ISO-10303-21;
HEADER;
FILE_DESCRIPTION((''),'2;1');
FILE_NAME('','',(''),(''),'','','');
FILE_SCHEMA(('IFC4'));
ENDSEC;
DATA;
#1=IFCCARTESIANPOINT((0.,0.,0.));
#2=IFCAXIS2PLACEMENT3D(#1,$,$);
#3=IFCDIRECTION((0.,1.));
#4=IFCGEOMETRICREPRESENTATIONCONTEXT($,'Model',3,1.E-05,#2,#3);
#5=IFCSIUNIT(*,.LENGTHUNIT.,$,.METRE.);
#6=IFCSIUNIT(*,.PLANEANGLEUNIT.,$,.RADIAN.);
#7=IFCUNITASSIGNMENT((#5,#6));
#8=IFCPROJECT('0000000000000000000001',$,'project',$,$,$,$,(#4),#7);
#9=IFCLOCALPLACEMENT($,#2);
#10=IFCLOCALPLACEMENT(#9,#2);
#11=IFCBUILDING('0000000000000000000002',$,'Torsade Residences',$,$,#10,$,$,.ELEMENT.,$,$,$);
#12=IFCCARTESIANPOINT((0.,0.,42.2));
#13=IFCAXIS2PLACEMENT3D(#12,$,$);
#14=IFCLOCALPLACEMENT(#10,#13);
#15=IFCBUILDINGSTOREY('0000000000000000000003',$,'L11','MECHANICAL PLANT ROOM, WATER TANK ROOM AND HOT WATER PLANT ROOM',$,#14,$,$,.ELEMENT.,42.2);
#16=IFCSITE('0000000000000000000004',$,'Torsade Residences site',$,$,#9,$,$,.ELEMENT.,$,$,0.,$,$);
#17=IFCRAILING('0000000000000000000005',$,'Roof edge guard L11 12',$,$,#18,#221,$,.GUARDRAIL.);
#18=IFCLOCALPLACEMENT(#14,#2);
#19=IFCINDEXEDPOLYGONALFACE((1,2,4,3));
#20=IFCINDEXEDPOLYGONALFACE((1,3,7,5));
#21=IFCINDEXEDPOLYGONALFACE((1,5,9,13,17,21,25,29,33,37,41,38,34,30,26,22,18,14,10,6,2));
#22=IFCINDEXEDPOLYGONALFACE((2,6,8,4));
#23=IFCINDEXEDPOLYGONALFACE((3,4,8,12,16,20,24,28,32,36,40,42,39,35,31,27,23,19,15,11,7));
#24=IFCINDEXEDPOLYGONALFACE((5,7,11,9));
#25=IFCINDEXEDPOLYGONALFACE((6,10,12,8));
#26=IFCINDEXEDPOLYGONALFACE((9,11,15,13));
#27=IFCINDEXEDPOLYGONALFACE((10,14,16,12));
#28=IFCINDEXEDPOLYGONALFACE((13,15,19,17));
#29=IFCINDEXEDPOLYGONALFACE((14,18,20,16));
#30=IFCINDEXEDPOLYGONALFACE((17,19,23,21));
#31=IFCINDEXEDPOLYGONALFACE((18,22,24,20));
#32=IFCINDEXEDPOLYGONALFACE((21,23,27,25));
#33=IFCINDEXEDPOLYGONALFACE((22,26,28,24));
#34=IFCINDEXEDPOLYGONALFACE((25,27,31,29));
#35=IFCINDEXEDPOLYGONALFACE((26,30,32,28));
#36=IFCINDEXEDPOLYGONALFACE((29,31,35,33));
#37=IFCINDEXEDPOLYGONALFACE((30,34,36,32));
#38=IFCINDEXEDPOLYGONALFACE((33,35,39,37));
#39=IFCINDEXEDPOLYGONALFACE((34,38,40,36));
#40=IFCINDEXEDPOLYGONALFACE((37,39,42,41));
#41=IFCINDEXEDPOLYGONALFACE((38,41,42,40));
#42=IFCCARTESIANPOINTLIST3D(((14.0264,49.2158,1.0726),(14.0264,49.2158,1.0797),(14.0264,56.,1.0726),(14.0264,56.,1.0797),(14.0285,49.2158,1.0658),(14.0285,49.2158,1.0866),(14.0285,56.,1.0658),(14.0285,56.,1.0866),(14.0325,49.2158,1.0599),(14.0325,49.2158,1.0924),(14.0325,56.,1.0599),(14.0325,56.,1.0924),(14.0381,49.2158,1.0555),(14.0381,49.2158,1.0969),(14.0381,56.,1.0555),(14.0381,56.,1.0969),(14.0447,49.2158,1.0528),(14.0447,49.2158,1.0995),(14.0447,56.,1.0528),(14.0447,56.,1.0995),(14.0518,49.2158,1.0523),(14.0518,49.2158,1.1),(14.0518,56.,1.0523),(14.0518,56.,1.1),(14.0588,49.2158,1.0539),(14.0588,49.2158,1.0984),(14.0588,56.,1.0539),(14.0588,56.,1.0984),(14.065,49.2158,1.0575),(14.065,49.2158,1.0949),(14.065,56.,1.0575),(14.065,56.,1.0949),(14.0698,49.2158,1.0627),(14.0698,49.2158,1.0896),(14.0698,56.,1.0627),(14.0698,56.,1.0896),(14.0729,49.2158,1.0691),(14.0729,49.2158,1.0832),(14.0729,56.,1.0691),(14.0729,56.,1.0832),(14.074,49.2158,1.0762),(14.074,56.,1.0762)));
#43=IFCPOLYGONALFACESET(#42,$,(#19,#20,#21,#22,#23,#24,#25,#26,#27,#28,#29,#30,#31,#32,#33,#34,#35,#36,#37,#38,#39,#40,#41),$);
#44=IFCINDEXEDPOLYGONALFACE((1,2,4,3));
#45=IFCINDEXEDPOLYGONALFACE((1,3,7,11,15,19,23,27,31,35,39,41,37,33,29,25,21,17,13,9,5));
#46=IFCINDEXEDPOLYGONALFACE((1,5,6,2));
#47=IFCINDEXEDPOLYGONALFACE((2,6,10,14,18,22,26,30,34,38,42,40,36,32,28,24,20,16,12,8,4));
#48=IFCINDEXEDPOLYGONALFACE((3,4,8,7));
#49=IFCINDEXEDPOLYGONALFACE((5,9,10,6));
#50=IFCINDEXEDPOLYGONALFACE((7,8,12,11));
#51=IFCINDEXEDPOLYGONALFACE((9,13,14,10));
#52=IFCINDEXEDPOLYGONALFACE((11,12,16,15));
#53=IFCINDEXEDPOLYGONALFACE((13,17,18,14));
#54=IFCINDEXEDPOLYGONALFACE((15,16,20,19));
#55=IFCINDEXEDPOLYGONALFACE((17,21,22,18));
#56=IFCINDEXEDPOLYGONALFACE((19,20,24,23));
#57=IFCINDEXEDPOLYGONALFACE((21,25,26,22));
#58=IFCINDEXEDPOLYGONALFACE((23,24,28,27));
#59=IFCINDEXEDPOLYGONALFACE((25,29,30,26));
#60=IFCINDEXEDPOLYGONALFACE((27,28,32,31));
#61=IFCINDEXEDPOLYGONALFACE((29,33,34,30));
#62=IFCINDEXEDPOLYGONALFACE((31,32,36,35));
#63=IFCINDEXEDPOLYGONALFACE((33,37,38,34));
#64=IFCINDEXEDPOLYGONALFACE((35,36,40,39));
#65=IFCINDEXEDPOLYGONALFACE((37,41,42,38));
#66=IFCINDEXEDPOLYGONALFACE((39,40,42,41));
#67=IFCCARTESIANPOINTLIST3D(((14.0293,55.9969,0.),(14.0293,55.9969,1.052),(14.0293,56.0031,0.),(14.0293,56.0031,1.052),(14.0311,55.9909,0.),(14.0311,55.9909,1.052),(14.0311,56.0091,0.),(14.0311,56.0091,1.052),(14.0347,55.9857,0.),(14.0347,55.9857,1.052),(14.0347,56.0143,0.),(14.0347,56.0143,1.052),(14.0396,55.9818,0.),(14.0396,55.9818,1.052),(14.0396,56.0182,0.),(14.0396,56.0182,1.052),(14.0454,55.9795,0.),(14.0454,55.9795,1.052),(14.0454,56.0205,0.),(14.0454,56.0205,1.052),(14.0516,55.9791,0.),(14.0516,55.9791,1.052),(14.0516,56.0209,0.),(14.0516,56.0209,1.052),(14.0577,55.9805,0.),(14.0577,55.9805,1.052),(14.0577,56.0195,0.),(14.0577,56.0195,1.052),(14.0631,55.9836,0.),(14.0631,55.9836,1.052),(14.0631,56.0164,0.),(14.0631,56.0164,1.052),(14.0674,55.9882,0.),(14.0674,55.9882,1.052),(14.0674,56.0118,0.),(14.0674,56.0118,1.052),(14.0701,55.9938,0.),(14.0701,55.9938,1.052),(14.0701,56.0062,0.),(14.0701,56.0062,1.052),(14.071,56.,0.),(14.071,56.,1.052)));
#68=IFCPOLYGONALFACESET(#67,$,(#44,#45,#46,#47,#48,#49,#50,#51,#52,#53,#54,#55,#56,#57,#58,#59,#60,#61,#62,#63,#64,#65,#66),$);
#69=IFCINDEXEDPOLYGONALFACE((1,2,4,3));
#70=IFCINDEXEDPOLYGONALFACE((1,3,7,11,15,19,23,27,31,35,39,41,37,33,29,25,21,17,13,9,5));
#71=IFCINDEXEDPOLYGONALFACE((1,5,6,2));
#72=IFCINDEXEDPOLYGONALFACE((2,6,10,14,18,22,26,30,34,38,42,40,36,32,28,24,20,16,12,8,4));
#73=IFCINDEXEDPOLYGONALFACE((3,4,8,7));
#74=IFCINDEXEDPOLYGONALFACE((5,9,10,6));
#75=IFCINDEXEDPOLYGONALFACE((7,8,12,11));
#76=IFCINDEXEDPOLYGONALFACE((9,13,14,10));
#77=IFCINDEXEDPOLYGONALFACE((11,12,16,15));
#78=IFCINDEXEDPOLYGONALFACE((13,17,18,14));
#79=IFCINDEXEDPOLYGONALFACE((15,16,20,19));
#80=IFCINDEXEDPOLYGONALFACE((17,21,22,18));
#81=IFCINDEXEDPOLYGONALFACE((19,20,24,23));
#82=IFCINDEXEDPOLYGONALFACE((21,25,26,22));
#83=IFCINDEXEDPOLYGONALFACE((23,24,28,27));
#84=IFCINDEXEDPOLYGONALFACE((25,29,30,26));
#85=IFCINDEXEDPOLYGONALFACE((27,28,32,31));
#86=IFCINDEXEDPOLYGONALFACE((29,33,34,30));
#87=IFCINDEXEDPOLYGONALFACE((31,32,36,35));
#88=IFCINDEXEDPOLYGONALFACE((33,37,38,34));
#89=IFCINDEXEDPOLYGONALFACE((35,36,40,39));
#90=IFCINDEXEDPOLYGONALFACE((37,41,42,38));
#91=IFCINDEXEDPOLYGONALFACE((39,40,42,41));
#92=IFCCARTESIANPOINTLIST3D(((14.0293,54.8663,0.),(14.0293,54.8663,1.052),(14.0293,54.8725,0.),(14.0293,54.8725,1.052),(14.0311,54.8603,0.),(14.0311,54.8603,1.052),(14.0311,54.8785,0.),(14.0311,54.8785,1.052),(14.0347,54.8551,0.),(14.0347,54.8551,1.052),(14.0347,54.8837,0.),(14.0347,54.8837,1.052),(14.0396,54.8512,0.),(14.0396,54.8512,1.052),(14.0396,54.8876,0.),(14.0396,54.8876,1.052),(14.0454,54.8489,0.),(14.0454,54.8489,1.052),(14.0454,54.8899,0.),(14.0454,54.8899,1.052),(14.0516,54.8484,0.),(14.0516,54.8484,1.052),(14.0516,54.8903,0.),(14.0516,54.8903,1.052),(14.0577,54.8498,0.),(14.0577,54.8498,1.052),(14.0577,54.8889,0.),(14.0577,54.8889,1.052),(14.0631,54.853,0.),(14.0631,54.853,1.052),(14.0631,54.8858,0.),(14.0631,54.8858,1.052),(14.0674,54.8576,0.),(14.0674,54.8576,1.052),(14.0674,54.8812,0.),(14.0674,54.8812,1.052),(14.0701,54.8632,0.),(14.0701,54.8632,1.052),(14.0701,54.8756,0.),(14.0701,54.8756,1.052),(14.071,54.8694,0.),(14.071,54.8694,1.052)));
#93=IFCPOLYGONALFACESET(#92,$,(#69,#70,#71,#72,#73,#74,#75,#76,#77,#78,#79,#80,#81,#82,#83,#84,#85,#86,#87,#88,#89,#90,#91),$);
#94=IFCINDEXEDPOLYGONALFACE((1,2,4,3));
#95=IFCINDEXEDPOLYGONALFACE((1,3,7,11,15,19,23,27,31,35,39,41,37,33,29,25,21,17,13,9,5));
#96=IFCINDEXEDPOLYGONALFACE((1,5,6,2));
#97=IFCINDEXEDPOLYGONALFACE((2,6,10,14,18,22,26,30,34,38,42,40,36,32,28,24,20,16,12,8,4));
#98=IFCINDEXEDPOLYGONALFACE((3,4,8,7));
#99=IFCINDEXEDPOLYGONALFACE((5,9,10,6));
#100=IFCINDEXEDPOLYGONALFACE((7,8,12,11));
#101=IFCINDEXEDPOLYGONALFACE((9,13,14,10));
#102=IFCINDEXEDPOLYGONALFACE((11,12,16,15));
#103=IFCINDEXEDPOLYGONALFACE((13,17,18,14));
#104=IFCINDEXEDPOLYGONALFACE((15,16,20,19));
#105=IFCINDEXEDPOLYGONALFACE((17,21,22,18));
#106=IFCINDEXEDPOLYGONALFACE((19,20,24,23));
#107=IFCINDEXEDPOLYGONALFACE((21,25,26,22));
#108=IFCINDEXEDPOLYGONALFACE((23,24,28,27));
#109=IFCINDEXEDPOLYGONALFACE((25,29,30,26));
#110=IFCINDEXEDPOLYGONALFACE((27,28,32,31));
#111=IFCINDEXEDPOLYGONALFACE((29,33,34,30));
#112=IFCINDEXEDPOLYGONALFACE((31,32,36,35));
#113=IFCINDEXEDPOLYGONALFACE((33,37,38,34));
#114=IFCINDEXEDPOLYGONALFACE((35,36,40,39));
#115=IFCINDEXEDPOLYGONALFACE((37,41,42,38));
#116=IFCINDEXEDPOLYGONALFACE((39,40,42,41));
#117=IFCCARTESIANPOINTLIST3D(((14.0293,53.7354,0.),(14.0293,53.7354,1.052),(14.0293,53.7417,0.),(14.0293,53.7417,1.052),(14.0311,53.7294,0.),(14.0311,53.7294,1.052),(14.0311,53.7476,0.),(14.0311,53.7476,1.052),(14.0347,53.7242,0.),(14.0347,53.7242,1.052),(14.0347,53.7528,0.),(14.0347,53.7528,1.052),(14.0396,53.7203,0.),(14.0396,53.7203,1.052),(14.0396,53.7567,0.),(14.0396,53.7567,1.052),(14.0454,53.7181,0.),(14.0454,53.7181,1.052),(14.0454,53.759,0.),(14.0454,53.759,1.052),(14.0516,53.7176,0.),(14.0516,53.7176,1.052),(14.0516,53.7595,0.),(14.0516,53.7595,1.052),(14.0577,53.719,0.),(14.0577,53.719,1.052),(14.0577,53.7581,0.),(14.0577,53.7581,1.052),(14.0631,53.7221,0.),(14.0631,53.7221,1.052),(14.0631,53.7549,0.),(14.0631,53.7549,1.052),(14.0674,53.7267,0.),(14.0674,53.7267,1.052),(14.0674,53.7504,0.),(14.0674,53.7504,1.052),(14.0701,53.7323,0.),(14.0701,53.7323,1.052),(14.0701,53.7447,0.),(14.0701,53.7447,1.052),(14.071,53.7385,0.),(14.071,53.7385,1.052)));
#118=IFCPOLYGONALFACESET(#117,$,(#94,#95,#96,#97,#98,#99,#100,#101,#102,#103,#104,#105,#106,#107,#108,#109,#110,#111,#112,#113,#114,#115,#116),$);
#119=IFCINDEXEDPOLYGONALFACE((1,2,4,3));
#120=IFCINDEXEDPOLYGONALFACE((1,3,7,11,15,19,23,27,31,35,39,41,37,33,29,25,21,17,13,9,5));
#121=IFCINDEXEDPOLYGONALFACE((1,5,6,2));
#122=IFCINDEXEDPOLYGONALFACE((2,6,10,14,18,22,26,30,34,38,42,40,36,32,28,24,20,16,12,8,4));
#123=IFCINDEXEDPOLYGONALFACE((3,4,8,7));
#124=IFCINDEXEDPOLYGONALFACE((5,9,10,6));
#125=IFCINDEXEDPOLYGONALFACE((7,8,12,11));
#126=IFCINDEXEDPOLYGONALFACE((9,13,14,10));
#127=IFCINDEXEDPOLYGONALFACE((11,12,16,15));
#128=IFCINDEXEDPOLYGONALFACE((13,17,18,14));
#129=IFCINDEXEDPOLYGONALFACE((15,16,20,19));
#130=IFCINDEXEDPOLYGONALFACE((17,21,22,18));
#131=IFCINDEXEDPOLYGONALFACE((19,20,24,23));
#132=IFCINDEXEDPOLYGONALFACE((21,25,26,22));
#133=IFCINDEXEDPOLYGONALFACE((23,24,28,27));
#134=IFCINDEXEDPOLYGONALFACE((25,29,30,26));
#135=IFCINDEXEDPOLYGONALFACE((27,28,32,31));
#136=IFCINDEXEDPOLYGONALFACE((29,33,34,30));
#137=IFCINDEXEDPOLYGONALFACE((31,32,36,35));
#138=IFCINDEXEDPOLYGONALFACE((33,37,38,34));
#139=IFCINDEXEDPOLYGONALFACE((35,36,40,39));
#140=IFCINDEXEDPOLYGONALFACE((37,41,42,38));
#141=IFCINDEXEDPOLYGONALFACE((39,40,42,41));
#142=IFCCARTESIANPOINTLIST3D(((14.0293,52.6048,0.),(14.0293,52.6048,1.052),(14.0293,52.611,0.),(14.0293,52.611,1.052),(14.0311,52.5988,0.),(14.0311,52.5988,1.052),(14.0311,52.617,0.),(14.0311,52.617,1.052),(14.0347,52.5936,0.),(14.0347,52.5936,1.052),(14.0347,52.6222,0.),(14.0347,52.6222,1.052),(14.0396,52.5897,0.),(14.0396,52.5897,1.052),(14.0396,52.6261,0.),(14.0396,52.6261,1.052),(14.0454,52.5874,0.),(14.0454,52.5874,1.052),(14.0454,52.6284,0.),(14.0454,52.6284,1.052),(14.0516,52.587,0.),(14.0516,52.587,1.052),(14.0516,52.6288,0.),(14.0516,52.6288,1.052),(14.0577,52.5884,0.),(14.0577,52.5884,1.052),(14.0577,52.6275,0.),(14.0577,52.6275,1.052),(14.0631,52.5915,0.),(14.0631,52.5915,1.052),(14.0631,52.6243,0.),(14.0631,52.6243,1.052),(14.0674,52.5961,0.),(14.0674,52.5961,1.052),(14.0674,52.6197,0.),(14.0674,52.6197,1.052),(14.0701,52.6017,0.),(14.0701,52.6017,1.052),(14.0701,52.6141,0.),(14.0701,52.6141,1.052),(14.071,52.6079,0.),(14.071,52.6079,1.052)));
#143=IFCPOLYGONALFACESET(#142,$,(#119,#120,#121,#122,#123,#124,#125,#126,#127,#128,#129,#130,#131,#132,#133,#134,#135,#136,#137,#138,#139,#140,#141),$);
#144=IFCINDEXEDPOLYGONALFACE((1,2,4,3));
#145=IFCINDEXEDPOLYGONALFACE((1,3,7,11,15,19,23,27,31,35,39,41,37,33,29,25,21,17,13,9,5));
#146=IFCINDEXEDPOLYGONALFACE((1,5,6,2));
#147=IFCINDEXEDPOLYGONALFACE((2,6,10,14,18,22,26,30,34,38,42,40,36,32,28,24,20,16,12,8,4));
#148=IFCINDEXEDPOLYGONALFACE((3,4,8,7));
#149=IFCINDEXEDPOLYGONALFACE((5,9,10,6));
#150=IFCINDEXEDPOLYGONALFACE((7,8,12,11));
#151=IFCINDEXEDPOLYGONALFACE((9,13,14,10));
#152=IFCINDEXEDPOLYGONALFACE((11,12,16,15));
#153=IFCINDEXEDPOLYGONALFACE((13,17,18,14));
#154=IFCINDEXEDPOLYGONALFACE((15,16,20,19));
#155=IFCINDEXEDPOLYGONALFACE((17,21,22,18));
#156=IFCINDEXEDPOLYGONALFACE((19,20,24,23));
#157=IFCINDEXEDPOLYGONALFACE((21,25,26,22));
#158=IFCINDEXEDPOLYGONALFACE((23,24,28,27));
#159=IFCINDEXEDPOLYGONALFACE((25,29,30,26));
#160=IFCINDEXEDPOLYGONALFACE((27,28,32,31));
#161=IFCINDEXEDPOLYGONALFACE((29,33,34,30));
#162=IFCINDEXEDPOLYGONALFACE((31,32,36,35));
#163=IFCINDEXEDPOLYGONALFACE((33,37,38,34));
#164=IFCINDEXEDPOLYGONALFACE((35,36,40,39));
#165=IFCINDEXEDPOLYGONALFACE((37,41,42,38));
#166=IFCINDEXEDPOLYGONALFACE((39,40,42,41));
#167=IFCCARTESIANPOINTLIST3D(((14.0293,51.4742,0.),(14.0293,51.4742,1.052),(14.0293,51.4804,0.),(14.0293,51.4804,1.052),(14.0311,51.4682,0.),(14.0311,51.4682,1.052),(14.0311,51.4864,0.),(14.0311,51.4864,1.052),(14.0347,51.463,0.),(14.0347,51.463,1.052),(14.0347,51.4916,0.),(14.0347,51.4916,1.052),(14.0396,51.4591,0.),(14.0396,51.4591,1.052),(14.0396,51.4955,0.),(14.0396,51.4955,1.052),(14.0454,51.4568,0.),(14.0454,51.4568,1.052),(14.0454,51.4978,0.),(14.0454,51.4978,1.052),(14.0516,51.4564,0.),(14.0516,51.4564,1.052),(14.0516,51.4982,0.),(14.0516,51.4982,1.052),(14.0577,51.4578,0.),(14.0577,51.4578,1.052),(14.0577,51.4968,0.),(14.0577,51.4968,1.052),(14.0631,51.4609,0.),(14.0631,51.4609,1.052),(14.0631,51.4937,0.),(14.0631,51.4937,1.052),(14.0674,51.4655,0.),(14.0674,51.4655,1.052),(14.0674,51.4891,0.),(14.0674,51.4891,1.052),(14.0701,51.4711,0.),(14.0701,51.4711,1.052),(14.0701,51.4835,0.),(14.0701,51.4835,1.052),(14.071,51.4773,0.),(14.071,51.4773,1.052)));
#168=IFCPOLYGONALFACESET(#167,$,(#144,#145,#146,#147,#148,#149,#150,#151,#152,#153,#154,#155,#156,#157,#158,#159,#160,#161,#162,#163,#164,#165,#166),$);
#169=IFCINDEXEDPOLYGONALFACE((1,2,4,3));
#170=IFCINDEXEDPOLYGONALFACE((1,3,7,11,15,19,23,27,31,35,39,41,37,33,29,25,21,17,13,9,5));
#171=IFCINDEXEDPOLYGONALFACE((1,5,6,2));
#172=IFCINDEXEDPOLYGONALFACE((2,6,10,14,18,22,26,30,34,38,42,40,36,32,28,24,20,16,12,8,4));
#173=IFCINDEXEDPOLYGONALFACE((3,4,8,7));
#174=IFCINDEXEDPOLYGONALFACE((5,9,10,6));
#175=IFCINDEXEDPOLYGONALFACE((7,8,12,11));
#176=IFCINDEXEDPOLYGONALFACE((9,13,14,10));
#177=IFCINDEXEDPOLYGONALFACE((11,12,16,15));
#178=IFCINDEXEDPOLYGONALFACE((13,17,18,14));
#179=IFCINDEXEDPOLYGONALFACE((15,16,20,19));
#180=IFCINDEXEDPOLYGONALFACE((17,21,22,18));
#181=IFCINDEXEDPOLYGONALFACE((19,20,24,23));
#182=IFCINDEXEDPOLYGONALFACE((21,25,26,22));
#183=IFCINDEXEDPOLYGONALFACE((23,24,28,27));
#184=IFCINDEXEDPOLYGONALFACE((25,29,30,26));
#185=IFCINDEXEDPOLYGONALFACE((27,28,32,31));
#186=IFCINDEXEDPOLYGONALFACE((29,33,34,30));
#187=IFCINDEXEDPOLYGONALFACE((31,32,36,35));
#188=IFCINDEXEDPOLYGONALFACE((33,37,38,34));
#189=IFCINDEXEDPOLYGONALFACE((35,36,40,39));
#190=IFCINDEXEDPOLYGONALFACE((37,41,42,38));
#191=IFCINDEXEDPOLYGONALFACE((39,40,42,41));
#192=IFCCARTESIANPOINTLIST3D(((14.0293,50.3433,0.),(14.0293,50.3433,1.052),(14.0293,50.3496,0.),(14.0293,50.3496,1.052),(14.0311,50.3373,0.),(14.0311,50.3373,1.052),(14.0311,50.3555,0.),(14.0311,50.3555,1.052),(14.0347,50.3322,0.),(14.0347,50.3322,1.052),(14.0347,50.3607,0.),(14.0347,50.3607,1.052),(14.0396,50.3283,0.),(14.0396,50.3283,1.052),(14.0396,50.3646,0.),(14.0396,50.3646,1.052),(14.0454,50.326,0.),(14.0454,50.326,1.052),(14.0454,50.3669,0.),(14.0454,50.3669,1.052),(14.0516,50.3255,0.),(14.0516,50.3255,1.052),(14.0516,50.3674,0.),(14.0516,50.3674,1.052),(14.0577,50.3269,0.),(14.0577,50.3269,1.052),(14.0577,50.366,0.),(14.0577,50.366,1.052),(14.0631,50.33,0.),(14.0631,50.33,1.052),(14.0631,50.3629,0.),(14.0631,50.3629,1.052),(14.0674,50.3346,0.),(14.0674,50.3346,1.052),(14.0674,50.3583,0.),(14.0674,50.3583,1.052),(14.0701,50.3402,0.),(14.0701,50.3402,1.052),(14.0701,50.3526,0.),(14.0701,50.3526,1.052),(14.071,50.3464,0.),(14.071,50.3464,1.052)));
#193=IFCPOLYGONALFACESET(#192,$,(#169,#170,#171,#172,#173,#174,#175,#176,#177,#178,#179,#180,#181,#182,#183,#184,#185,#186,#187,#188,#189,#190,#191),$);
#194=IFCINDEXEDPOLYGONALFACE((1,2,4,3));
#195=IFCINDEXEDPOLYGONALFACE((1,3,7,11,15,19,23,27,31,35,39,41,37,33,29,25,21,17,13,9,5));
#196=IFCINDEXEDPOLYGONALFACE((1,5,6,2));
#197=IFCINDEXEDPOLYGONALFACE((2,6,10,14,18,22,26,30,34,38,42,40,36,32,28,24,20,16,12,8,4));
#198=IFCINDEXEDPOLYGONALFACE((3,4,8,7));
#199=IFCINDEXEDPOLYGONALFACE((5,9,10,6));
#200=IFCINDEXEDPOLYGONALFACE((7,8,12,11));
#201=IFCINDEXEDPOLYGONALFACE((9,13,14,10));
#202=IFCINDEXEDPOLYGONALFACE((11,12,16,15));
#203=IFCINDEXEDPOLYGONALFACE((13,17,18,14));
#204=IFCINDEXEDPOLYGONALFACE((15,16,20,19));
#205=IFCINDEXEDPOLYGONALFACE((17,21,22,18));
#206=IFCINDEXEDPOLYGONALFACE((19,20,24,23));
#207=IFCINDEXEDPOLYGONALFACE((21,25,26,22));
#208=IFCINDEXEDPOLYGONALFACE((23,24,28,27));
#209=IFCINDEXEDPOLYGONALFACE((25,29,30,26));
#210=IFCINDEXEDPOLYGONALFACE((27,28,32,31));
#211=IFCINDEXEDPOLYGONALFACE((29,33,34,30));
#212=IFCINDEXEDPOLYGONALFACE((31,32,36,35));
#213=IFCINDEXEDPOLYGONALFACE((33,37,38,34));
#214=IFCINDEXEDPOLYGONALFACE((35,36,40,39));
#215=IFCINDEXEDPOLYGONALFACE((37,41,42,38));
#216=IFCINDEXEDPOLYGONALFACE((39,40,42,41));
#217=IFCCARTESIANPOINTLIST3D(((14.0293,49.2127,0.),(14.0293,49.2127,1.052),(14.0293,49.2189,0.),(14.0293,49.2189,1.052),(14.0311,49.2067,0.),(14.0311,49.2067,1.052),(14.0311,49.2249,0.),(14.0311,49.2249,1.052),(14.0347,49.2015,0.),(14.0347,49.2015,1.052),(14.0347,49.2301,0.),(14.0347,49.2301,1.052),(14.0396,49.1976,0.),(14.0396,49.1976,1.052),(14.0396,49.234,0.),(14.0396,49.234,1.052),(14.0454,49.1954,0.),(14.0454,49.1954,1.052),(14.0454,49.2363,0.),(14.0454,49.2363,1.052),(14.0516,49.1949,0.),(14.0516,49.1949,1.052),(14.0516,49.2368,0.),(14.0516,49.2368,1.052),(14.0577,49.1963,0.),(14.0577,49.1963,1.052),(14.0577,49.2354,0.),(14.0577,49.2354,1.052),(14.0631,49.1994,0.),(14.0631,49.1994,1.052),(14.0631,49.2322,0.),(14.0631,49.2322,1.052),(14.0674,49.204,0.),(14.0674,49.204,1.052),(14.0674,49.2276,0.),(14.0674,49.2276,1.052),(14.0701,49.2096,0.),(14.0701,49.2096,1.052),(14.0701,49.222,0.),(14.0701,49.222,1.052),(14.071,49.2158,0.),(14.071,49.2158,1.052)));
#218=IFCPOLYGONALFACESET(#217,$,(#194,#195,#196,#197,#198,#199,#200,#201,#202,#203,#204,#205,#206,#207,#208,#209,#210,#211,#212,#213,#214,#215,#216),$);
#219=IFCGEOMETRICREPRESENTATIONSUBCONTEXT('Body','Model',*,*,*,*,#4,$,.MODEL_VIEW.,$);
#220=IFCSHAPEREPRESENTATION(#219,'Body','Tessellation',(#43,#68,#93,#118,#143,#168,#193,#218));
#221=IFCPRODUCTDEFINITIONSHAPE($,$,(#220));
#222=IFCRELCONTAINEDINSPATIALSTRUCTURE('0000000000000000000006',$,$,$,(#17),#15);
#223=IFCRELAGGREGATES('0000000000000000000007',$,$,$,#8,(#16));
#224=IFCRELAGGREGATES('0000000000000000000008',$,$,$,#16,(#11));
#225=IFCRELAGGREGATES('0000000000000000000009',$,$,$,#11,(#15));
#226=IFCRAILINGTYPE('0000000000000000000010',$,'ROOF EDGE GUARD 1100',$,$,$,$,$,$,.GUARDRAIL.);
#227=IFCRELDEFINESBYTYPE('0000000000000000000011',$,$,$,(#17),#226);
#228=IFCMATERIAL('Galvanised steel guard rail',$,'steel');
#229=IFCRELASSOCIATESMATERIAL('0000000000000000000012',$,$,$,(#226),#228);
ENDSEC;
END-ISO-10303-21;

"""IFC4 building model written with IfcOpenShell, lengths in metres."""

from ifc_helpers import new_model, si_unit, direction, frame, origin, origin_2d, place, context, subcontext, project, spatial, circle, extrude, material, type_object, element, save


model = new_model("IFC4")

# Units and contexts
model_context = context("Model", 3, precision=1e-05, world=origin(), true_north=direction((0.0, 1.0)))
body_context = subcontext(model_context, "Body", "Model", "MODEL_VIEW")
ifc_project = project(units=[si_unit("LENGTHUNIT", "METRE"), si_unit("PLANEANGLEUNIT", "RADIAN")], contexts=[model_context])

# Site, building, storey
site_placement = place(None, origin())
site = spatial("IfcSite", under=ifc_project, at=site_placement, Name="Torsade Residences site", CompositionType="ELEMENT", RefElevation=0.0)
building_placement = place(site_placement, origin())
building = spatial("IfcBuilding", under=site, at=building_placement, Name="Torsade Residences", CompositionType="ELEMENT")
storey_placement = place(building_placement, frame((0.0, 0.0, 42.2)))
storey = spatial("IfcBuildingStorey", under=building, at=storey_placement, Name="L11", Description="MECHANICAL PLANT ROOM, WATER TANK ROOM AND HOT WATER PLANT ROOM", CompositionType="ELEMENT", Elevation=42.2)

# Railing
ifc_material_1 = material(Name="Galvanised steel guard rail", Category="steel")
railing_type = type_object("IfcRailingType", Name="ROOF EDGE GUARD 1100", PredefinedType="GUARDRAIL", material=ifc_material_1)
railing_1_placement = place(storey_placement, frame((14.05, 56.0, 0.0)))
element("IfcRailing", 1, at=railing_1_placement, inside=storey, type_object=railing_type, Name="Roof edge guard L11 12", PredefinedType="GUARDRAIL", context=body_context, shape_type="SweptSolid", body=[
    extrude(circle(Radius=0.0239, at=origin_2d()), frame((0.0, 0.0, 1.0762), z_axis=(0.0, -1.0, 0.0), x_axis=(1.0, 0.0, 0.0)), (0.0, 0.0, 1.0), 6.7842),
    extrude(circle(Radius=0.021, at=origin_2d()), origin(), (0.0, 0.0, 1.0), 1.052),
    extrude(circle(Radius=0.021, at=origin_2d()), frame((0.0, -1.1306, 0.0)), (0.0, 0.0, 1.0), 1.052),
    extrude(circle(Radius=0.021, at=origin_2d()), frame((0.0, -2.2615, 0.0)), (0.0, 0.0, 1.0), 1.052),
    extrude(circle(Radius=0.021, at=origin_2d()), frame((0.0, -3.3921, 0.0)), (0.0, 0.0, 1.0), 1.052),
    extrude(circle(Radius=0.021, at=origin_2d()), frame((0.0, -4.5227, 0.0)), (0.0, 0.0, 1.0), 1.052),
    extrude(circle(Radius=0.021, at=origin_2d()), frame((0.0, -5.6536, 0.0)), (0.0, 0.0, 1.0), 1.052),
    extrude(circle(Radius=0.021, at=origin_2d()), frame((0.0, -6.7842, 0.0)), (0.0, 0.0, 1.0), 1.052),
])

save(model, "model.ifc")
